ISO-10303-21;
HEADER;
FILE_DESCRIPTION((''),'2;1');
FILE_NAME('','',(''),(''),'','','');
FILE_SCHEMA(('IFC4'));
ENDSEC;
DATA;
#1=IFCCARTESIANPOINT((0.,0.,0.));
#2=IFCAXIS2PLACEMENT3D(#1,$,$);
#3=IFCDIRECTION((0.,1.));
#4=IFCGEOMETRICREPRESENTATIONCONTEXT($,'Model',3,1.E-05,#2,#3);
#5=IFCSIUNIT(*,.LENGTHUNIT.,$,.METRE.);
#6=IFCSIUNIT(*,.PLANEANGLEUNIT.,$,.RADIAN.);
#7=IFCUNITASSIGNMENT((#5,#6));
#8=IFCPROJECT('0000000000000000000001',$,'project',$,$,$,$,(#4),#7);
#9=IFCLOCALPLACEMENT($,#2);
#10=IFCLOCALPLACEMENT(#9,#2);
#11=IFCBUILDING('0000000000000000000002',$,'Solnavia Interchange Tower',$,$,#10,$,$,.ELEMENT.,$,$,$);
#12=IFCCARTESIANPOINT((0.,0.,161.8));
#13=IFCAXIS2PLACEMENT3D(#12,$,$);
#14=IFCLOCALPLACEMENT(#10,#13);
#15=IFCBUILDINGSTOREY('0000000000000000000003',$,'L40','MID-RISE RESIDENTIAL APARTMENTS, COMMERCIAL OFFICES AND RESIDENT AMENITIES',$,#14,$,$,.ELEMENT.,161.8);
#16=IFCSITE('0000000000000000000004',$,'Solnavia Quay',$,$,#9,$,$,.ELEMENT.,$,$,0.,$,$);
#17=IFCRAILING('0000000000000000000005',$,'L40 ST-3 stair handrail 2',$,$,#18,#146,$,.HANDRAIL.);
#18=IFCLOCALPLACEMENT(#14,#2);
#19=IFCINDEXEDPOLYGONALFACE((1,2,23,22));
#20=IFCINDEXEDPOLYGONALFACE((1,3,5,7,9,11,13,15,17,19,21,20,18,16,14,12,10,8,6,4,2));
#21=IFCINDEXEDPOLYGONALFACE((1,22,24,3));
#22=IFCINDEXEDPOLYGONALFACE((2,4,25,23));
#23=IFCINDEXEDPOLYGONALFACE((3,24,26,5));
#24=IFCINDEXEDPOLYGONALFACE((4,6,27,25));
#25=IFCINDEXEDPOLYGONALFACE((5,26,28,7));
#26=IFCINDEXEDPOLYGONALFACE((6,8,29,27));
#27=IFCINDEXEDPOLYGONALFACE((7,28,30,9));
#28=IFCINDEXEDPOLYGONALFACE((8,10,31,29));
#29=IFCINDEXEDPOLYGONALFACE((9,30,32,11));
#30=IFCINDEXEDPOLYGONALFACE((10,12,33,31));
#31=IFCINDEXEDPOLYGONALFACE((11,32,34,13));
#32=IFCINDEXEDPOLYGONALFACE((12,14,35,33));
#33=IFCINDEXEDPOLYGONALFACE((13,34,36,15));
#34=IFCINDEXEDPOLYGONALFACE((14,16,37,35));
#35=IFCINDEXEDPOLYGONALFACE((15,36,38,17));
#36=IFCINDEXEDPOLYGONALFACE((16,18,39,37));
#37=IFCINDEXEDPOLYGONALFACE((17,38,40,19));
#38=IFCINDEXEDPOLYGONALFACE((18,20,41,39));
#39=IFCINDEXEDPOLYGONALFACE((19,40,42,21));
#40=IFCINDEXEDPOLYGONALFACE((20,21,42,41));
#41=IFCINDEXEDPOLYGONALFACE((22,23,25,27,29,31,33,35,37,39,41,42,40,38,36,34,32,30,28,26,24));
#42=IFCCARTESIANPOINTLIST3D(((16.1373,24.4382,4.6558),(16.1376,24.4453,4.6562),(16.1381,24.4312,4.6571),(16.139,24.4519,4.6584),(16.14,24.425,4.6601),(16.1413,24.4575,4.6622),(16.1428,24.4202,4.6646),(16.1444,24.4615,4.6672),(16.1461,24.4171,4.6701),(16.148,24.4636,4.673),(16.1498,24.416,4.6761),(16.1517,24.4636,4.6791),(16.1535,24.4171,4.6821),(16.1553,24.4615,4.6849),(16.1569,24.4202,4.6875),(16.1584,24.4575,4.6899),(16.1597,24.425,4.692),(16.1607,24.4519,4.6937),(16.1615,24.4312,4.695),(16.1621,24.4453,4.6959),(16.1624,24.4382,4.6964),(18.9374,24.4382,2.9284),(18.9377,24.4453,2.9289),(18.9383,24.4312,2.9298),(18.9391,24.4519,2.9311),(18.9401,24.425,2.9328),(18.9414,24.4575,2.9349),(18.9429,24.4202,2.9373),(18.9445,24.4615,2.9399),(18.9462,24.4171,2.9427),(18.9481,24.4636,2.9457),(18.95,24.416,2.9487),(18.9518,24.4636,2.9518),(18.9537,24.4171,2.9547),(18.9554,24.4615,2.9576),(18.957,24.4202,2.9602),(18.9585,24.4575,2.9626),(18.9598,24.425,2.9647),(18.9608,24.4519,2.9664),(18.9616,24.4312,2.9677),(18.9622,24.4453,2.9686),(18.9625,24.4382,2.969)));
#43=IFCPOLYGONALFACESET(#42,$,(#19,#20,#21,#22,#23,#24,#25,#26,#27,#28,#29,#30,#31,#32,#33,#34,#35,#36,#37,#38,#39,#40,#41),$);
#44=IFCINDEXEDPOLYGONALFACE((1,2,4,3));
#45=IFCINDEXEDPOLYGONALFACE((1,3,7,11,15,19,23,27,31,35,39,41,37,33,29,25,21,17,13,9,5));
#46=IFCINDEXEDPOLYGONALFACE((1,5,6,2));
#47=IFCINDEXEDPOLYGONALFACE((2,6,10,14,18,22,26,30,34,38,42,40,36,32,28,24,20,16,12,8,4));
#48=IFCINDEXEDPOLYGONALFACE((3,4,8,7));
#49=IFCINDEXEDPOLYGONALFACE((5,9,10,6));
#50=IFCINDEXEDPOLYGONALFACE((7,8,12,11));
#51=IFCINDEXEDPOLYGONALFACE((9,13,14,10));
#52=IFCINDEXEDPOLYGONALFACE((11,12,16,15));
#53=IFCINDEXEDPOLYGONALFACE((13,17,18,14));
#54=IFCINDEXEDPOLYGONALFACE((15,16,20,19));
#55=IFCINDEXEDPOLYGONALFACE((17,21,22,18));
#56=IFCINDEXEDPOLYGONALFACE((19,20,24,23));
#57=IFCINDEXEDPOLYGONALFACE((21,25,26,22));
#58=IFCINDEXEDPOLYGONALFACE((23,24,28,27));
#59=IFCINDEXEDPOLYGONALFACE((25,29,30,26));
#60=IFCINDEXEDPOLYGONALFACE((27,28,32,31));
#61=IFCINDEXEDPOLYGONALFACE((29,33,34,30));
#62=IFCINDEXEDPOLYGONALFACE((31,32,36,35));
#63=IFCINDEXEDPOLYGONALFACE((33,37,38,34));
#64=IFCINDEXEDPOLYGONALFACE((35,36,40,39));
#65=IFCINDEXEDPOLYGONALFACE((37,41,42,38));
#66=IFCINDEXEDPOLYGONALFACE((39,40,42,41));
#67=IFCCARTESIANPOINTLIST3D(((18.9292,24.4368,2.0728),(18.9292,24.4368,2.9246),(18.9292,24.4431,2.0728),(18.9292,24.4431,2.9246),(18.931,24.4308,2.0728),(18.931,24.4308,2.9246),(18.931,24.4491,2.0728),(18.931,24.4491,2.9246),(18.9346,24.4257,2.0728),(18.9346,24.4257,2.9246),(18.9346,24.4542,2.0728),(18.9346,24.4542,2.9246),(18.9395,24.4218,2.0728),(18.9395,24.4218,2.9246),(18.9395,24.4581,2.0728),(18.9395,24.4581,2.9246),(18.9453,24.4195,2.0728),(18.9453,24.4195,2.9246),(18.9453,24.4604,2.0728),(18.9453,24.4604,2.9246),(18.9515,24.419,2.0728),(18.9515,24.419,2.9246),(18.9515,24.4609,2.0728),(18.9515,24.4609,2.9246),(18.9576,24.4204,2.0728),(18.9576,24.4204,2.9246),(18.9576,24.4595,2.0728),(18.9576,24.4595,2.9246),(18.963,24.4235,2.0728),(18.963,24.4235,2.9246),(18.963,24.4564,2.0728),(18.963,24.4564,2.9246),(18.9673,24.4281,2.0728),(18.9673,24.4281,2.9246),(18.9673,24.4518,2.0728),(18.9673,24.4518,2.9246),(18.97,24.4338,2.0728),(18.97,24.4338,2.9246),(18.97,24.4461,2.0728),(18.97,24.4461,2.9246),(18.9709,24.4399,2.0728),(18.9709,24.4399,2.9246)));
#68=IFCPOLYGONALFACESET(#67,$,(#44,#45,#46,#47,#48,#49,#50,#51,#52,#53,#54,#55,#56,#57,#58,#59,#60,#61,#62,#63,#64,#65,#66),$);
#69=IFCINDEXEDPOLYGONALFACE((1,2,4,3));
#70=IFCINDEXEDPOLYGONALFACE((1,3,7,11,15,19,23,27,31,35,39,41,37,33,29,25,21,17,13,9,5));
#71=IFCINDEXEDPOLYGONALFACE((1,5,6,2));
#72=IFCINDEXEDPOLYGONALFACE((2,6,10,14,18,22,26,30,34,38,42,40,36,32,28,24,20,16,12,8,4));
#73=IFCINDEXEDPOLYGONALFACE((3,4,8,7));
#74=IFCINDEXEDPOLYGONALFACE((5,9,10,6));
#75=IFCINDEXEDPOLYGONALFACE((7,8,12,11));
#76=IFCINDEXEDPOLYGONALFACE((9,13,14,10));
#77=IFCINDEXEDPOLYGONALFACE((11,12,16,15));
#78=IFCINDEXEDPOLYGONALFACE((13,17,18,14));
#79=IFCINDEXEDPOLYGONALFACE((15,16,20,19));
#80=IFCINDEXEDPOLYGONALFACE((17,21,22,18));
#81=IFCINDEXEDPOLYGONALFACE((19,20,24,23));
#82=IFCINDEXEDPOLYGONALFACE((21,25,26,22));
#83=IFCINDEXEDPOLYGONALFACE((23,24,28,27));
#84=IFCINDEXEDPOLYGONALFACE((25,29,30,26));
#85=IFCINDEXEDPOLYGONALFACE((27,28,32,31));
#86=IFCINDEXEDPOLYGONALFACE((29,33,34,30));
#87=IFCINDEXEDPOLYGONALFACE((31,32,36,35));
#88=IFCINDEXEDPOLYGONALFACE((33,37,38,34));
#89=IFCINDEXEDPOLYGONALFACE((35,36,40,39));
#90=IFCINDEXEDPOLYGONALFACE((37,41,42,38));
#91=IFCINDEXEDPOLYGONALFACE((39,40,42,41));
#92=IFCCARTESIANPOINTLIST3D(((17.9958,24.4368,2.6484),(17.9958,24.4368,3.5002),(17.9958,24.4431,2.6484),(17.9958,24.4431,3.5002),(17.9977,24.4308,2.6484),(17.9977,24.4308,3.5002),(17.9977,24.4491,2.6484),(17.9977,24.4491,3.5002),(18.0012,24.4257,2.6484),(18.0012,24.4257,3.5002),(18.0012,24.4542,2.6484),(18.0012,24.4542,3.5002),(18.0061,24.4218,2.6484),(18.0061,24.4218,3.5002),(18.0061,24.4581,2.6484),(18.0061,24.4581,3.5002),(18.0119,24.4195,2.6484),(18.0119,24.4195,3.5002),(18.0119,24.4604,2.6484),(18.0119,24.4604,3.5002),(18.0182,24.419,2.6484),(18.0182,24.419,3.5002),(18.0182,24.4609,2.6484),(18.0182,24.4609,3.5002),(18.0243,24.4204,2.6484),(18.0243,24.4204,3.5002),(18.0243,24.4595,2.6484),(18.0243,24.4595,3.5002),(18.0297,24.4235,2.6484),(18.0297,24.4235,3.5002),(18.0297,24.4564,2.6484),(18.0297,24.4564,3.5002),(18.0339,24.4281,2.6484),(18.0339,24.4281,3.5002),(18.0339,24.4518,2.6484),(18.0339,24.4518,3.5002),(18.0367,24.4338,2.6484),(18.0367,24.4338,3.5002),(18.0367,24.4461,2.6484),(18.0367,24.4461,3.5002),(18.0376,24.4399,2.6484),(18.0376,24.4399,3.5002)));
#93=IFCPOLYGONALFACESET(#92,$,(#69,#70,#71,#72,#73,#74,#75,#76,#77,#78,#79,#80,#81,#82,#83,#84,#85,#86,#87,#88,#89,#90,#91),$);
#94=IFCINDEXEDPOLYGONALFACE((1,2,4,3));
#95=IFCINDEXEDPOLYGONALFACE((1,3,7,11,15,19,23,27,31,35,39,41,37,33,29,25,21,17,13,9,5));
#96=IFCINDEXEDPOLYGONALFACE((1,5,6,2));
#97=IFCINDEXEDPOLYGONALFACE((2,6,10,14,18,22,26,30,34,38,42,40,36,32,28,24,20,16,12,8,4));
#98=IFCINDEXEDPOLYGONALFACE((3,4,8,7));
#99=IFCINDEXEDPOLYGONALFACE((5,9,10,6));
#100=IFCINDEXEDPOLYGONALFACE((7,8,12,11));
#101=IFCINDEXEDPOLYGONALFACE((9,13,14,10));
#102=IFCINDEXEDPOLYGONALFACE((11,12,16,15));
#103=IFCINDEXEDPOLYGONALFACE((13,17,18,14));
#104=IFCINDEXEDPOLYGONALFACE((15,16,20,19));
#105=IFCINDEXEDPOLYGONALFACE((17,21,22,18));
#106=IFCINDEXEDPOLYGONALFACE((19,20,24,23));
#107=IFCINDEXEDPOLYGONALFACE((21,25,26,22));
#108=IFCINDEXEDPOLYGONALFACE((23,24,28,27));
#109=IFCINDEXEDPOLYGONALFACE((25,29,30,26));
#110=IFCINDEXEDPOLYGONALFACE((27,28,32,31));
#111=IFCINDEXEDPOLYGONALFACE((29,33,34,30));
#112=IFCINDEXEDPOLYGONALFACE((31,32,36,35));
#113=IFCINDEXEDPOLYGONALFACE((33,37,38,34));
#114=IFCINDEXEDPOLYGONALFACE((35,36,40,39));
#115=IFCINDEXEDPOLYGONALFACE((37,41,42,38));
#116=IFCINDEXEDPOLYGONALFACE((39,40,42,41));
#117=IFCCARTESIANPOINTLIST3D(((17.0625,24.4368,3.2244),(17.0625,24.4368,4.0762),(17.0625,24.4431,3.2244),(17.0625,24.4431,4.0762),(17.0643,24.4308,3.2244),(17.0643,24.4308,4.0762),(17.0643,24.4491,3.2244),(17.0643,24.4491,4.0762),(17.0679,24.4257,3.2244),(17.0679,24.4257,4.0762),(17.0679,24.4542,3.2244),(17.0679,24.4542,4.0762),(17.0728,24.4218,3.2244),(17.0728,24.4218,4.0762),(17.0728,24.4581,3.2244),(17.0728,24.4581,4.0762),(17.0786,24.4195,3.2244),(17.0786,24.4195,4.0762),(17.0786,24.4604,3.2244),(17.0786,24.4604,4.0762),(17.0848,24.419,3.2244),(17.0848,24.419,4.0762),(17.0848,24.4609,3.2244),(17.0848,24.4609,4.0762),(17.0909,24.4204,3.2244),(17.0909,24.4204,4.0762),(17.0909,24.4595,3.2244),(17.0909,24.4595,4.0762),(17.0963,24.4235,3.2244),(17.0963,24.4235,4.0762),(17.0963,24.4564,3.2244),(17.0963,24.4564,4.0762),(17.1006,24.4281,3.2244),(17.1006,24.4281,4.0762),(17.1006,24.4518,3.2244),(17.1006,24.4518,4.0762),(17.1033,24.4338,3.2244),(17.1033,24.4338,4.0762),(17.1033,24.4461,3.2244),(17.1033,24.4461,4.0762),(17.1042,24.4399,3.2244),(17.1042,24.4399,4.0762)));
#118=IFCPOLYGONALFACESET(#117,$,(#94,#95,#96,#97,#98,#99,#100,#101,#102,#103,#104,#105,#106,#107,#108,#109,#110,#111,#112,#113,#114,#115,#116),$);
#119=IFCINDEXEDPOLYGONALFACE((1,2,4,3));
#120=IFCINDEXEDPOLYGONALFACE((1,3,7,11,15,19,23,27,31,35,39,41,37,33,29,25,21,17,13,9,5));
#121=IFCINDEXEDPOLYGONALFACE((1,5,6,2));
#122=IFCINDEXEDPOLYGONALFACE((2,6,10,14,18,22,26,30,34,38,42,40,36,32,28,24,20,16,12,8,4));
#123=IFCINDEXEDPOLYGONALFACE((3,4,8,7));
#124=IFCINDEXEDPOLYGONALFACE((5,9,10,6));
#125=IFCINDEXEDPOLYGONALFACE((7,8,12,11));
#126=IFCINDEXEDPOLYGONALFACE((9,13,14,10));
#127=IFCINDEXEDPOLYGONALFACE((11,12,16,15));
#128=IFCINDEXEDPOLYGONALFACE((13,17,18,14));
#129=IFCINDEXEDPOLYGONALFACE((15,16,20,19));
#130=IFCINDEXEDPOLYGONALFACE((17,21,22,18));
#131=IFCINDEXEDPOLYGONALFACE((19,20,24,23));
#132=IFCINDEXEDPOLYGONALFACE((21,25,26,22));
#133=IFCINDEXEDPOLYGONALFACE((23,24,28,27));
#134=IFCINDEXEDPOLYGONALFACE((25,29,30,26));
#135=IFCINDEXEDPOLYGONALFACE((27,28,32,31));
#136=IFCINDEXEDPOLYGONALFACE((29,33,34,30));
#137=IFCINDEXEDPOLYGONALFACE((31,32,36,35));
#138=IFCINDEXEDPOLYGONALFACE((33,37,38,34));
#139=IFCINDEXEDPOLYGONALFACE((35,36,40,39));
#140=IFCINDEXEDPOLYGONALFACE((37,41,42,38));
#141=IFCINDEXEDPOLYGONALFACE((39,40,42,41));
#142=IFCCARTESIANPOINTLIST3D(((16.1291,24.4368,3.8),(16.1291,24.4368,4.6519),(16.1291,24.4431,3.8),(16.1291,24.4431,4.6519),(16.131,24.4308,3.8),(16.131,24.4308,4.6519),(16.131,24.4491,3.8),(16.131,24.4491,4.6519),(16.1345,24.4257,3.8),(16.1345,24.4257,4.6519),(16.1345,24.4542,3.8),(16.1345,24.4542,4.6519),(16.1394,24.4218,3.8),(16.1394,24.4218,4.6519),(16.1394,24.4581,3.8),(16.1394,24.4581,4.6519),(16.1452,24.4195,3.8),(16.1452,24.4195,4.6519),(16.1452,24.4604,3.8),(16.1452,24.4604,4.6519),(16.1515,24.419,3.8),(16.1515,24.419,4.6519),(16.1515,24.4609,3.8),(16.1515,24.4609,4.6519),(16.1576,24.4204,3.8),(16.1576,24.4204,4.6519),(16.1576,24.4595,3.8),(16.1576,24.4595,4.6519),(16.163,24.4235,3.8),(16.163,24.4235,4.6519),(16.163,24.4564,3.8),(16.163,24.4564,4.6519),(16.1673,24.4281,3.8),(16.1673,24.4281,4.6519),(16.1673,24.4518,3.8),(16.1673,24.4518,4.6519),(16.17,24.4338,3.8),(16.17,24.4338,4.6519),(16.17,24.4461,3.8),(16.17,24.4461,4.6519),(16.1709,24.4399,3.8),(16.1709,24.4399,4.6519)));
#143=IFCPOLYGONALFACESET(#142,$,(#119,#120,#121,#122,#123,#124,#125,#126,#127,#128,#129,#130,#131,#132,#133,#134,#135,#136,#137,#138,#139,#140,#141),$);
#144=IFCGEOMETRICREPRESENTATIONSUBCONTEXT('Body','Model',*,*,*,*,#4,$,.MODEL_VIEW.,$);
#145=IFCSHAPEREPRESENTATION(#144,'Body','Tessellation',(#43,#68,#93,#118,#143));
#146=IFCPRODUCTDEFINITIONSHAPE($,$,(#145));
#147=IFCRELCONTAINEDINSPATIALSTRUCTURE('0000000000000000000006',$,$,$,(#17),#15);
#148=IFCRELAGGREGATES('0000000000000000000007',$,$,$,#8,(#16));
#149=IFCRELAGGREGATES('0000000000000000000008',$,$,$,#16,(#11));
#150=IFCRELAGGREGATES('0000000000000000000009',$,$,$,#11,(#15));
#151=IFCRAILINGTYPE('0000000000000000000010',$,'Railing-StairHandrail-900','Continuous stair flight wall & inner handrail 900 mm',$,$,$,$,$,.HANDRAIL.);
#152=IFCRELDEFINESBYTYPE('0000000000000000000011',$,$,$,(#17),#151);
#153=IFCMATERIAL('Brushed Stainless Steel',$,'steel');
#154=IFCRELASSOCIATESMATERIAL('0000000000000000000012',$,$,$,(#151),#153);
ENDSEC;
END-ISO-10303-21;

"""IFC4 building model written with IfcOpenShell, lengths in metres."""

from ifc_helpers import new_model, si_unit, direction, frame, origin, origin_2d, place, context, subcontext, project, spatial, circle, extrude, material, type_object, element, save


model = new_model("IFC4")

# Units and contexts
model_context = context("Model", 3, precision=1e-05, world=origin(), true_north=direction((0.0, 1.0)))
body_context = subcontext(model_context, "Body", "Model", "MODEL_VIEW")
ifc_project = project(units=[si_unit("LENGTHUNIT", "METRE"), si_unit("PLANEANGLEUNIT", "RADIAN")], contexts=[model_context])

# Site, building, storey
site_placement = place(None, origin())
site = spatial("IfcSite", under=ifc_project, at=site_placement, Name="Solnavia Quay", CompositionType="ELEMENT", RefElevation=0.0)
building_placement = place(site_placement, origin())
building = spatial("IfcBuilding", under=site, at=building_placement, Name="Solnavia Interchange Tower", CompositionType="ELEMENT")
storey_placement = place(building_placement, frame((0.0, 0.0, 161.8)))
storey = spatial("IfcBuildingStorey", under=building, at=storey_placement, Name="L40", Description="MID-RISE RESIDENTIAL APARTMENTS, COMMERCIAL OFFICES AND RESIDENT AMENITIES", CompositionType="ELEMENT", Elevation=161.8)

# Railing
ifc_material_1 = material(Name="Brushed Stainless Steel", Category="steel")
railing_type_1 = type_object("IfcRailingType", Name="Railing-StairHandrail-900", Description="Continuous stair flight wall & inner handrail 900 mm", PredefinedType="HANDRAIL", material=ifc_material_1)
railing_1_placement = place(storey_placement, frame((18.95, 24.4399, 2.0728)))
element("IfcRailing", 1, at=railing_1_placement, inside=storey, type_object=railing_type_1, Name="L40 ST-3 stair handrail 2", PredefinedType="HANDRAIL", context=body_context, shape_type="SweptSolid", body=[
    extrude(circle(Radius=0.0239, at=origin_2d()), frame((0.0, 0.0, 0.876), z_axis=(-0.85109, 0.0, 0.52502), x_axis=(0.0, -1.0, 0.0)), (0.0, 0.0, 1.0), 3.29),
    extrude(circle(Radius=0.021, at=origin_2d()), origin(), (0.0, 0.0, 1.0), 0.8518),
    extrude(circle(Radius=0.021, at=origin_2d()), frame((-0.9333, 0.0, 0.5757)), (0.0, 0.0, 1.0), 0.8518),
    extrude(circle(Radius=0.021, at=origin_2d()), frame((-1.8667, 0.0, 1.1516)), (0.0, 0.0, 1.0), 0.8518),
    extrude(circle(Radius=0.021, at=origin_2d()), frame((-2.8, 0.0, 1.7273)), (0.0, 0.0, 1.0), 0.8518),
])

save(model, "model.ifc")
